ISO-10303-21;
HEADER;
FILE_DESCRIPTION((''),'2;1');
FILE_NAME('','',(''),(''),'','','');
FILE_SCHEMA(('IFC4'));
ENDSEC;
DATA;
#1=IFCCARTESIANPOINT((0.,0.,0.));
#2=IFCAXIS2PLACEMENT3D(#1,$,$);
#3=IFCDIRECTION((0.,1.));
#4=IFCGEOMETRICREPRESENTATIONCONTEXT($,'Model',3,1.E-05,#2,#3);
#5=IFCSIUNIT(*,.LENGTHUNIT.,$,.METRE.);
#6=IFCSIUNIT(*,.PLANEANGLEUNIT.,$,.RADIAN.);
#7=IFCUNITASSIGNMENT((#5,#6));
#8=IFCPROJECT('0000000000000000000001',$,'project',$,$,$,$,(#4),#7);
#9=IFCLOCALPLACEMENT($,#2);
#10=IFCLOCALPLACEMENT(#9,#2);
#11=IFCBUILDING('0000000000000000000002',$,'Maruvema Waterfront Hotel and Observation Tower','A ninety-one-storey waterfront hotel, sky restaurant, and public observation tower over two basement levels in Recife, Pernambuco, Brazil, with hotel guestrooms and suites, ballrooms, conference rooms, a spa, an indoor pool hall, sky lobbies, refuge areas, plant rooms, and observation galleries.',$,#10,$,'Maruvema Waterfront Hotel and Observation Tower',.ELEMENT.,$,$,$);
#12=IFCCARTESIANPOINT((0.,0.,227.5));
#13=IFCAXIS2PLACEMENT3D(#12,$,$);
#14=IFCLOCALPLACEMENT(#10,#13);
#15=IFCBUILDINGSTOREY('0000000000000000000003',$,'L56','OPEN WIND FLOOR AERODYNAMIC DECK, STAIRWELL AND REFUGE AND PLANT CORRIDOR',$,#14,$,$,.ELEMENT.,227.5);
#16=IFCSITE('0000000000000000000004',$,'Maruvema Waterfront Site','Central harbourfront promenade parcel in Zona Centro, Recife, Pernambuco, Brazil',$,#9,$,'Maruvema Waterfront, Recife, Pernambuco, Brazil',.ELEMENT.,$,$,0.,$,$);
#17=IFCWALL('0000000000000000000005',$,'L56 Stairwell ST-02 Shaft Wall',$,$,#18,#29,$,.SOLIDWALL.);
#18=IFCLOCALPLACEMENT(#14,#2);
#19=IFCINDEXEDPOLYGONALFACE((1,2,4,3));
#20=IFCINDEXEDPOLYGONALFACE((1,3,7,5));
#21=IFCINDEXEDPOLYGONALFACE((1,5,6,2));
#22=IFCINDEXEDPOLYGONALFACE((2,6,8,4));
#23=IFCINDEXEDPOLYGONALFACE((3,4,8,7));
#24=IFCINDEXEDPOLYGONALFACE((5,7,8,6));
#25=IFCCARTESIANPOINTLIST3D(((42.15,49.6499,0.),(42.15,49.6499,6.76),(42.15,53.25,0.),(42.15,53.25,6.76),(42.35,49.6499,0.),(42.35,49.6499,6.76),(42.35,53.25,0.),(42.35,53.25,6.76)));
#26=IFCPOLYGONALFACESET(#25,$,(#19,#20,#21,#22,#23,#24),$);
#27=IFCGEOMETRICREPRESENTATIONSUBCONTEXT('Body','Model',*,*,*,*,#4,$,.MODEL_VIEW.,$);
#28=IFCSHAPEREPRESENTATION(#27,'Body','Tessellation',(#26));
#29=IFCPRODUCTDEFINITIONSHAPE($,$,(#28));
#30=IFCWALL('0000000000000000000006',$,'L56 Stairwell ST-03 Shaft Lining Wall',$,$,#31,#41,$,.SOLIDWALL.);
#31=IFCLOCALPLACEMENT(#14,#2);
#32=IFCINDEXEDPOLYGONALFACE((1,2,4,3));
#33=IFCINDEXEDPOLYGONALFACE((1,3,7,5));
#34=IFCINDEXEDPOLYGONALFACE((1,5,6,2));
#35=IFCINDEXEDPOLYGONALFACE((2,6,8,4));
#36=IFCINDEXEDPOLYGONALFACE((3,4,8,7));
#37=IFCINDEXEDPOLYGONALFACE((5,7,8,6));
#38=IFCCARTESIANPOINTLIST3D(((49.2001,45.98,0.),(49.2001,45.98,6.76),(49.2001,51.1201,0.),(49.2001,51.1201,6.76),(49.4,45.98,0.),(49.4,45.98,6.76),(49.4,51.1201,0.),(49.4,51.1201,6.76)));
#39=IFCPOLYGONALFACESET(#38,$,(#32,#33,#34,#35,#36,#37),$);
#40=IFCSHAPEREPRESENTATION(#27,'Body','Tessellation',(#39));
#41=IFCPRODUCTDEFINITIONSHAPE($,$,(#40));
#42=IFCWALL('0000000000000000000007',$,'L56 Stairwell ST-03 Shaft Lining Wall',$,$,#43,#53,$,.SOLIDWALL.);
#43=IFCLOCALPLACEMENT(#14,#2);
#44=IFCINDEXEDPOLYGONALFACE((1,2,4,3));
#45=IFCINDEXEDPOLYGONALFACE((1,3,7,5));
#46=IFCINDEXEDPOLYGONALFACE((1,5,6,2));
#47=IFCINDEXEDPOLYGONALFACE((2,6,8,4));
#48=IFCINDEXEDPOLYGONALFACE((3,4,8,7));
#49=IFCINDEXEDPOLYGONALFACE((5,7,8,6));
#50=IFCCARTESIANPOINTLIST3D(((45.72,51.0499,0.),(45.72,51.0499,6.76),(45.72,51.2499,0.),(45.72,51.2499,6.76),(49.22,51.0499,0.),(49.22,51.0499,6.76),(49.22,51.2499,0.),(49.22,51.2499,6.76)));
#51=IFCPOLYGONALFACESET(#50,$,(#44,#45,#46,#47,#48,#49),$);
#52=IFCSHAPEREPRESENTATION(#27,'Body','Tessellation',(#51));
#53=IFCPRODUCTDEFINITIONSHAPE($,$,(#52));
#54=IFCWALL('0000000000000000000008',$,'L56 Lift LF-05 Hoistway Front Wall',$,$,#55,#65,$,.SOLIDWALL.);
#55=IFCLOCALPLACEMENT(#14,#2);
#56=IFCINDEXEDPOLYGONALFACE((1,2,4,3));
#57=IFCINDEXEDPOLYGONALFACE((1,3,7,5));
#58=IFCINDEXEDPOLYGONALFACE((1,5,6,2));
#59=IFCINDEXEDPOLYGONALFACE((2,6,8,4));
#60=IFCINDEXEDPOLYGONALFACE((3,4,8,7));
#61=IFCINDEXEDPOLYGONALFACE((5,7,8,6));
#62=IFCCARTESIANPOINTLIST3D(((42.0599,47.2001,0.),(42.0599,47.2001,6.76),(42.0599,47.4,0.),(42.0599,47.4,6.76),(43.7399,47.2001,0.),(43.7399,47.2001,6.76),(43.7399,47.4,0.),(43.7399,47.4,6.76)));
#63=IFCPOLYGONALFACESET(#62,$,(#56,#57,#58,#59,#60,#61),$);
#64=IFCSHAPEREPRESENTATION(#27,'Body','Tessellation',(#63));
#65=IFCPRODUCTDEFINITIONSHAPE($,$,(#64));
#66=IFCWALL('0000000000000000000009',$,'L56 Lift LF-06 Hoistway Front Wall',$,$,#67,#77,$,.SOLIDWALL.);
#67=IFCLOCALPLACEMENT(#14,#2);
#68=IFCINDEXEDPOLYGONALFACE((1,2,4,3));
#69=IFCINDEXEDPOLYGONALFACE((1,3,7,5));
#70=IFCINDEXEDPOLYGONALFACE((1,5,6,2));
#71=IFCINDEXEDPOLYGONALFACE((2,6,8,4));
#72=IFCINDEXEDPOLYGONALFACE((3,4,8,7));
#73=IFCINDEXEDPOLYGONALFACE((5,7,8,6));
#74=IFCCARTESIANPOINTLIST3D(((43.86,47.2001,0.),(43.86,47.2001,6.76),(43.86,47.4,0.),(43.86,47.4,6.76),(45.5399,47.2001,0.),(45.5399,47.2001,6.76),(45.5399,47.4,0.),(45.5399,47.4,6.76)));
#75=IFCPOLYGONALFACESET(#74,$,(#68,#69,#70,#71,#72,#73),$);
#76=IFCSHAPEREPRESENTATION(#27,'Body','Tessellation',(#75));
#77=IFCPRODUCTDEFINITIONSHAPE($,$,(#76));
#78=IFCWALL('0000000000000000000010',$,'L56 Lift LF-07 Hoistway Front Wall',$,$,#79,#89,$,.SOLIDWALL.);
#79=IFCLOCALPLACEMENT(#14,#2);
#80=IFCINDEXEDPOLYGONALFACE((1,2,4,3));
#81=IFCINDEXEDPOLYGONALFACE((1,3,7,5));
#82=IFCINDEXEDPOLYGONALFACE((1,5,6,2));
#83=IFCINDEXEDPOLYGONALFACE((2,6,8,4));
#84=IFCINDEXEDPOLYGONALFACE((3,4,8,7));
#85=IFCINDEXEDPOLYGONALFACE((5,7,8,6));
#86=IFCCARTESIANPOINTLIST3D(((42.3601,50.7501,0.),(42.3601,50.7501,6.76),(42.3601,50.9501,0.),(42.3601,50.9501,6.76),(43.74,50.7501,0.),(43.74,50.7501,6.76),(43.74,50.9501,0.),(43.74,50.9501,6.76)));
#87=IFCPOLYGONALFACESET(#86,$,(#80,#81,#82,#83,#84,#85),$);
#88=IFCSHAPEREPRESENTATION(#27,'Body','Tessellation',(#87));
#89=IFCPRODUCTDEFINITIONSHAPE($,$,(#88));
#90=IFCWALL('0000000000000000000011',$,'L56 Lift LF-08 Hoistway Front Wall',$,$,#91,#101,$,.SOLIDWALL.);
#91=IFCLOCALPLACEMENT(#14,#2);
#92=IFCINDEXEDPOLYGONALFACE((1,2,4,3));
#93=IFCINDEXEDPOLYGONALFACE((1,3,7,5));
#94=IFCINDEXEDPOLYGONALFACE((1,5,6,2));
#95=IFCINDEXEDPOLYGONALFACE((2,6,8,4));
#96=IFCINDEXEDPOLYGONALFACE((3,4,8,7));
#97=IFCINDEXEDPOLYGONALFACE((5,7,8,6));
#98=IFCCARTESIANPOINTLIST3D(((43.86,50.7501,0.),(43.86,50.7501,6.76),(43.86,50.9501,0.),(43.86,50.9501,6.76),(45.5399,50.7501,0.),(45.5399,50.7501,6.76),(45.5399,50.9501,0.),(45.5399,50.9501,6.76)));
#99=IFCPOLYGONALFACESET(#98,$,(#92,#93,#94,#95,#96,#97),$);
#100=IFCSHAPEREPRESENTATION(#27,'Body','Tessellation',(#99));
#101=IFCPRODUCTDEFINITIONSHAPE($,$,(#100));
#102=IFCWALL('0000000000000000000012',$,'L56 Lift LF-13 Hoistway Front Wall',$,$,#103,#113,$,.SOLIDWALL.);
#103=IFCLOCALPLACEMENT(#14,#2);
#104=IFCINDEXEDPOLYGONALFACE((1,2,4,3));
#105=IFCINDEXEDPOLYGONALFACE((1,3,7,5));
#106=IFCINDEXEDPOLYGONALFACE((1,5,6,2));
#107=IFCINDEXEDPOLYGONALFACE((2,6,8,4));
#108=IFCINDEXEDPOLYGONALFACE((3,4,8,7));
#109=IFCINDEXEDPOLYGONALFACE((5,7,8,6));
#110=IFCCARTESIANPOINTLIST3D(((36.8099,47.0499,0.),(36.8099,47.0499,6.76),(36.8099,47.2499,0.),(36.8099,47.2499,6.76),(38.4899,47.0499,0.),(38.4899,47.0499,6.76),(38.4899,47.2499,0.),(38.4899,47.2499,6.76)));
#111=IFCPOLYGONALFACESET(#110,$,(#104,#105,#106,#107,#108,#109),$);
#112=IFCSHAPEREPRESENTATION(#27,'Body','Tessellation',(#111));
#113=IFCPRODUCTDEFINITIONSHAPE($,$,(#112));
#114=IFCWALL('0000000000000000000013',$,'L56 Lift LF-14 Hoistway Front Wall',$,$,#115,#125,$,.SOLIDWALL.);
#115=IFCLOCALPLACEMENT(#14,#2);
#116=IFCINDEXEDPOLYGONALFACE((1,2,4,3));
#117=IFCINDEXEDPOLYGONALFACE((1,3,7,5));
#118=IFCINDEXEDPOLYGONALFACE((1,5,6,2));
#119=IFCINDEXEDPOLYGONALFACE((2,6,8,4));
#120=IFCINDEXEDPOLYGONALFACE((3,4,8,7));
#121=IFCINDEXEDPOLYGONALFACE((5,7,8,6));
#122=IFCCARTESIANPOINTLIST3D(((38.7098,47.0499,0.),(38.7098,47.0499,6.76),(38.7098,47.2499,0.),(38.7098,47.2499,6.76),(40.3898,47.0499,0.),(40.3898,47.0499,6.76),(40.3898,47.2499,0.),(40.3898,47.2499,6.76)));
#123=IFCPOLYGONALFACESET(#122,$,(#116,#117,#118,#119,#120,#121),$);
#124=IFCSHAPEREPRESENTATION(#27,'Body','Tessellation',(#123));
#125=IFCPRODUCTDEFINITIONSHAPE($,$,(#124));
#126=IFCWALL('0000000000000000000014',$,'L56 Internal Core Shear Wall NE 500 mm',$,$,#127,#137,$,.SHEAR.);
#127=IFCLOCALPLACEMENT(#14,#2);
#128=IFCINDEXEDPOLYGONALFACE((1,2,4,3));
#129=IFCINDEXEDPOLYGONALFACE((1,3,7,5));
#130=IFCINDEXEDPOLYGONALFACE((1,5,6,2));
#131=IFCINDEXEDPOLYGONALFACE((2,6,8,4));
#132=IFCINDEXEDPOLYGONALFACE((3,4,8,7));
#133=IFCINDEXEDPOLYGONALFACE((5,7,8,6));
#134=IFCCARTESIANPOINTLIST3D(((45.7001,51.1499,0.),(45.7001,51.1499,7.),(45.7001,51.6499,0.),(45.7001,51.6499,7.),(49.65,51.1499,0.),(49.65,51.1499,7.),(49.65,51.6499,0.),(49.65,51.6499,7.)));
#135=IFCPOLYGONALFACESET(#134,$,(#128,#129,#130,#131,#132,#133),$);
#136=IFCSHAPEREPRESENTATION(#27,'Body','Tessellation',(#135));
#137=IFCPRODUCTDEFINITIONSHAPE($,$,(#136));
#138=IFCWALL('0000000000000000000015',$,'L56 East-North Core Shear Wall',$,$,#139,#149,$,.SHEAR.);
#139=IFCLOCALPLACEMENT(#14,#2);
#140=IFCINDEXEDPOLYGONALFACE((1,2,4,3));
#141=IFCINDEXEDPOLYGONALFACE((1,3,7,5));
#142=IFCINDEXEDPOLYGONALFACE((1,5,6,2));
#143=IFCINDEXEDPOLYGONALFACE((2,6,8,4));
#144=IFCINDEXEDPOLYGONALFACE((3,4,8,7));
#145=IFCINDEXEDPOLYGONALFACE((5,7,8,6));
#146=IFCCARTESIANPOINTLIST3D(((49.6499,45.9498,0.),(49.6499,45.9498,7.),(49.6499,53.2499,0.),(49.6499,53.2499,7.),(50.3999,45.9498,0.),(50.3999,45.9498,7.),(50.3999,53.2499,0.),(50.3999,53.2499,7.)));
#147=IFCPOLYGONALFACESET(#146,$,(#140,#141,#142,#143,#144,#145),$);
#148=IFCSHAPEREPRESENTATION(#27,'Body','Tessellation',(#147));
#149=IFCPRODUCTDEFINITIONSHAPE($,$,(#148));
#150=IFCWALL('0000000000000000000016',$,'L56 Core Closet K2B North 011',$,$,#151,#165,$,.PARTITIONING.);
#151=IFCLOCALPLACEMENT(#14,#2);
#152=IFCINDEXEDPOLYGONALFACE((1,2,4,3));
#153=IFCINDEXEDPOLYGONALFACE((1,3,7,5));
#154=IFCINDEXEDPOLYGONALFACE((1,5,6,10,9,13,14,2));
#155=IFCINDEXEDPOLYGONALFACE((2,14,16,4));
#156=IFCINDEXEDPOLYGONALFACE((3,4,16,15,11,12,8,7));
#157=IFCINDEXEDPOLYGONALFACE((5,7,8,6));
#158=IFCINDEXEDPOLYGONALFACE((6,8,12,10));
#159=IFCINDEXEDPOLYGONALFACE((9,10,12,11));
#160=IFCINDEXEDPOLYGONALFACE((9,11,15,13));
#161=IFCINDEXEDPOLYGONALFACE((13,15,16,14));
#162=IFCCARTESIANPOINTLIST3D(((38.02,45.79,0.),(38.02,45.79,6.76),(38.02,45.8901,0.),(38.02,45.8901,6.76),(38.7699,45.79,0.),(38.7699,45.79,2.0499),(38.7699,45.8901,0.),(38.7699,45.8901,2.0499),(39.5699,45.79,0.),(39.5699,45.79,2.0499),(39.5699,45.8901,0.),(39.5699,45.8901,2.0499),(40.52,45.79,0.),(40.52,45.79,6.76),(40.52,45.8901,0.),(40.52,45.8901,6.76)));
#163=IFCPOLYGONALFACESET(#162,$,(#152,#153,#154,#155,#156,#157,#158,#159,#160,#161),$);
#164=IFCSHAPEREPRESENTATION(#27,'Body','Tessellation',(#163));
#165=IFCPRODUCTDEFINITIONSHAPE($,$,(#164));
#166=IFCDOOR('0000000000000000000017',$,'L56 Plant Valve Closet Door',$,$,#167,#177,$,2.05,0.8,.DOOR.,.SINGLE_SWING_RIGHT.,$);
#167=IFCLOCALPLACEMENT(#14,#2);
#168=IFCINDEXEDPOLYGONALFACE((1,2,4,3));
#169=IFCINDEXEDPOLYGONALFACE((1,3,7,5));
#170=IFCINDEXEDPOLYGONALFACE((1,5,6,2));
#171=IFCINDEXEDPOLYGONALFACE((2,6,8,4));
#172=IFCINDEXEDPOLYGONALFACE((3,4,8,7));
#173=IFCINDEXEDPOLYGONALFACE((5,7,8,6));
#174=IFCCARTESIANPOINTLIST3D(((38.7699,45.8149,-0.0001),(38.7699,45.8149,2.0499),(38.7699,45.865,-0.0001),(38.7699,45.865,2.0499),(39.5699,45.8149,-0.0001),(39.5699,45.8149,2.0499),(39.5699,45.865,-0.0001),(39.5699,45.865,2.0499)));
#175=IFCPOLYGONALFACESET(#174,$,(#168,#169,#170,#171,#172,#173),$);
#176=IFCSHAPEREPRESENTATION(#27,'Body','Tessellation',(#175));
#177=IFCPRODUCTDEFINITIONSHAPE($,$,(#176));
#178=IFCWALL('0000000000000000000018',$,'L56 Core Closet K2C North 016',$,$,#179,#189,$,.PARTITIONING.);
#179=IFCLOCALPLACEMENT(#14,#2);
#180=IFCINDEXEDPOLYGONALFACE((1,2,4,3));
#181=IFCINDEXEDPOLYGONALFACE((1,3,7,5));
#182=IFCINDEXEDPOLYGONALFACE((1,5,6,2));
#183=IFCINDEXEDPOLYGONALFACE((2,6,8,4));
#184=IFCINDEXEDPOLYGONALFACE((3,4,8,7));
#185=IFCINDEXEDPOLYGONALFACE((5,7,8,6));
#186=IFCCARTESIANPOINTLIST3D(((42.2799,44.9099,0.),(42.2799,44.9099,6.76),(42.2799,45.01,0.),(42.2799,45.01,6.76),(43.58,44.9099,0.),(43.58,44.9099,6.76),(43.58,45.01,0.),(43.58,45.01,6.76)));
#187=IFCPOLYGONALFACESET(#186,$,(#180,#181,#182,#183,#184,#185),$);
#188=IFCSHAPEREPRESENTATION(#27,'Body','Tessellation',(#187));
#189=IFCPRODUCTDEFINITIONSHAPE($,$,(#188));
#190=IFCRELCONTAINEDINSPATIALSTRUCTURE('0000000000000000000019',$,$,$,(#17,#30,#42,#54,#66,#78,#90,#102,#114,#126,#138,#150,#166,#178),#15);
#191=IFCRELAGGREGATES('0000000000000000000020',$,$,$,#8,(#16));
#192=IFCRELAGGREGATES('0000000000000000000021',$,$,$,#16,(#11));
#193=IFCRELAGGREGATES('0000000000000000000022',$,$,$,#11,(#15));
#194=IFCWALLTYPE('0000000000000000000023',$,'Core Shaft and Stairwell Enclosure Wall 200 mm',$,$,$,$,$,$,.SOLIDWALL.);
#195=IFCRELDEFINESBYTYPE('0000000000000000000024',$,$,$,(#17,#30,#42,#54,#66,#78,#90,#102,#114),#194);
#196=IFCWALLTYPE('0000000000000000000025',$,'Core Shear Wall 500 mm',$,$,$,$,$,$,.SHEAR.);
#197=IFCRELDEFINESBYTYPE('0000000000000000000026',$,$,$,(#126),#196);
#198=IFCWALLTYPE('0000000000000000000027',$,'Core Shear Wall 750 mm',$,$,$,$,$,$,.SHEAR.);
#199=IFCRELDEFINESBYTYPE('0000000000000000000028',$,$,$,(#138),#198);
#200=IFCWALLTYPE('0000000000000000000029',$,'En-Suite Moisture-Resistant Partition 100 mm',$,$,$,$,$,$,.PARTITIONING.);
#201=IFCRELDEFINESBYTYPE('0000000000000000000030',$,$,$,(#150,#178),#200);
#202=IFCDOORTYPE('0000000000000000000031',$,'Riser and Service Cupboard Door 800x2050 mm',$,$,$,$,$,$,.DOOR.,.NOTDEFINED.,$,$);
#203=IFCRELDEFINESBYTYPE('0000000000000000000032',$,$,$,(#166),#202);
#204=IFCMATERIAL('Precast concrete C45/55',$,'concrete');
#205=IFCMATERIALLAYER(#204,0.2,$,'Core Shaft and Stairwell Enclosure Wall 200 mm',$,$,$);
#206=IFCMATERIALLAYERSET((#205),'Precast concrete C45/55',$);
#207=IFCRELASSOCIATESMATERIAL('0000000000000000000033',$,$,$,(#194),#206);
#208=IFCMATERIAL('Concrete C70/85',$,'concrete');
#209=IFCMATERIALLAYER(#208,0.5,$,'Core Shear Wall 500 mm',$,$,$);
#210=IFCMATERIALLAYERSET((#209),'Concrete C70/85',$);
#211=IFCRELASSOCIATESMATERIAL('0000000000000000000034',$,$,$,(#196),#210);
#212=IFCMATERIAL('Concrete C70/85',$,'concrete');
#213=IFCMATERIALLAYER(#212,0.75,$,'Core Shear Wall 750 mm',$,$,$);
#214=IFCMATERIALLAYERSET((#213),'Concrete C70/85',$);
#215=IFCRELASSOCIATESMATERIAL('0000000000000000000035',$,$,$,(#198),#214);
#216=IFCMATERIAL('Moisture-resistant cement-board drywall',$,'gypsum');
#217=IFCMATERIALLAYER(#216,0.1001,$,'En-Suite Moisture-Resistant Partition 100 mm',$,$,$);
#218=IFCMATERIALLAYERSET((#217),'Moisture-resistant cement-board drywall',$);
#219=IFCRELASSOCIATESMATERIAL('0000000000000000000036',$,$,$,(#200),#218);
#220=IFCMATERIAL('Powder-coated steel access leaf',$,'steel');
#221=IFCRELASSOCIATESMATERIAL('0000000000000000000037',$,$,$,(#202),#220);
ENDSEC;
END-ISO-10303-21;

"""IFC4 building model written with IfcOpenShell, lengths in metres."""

from ifc_helpers import new_model, si_unit, direction, frame, frame_2d, origin, place, context, subcontext, project, spatial, rectangle, extrude, material, layer, layer_set, type_object, element, fill, save


model = new_model("IFC4")

# Units and contexts
model_context = context("Model", 3, precision=1e-05, world=origin(), true_north=direction((0.0, 1.0)))
body_context = subcontext(model_context, "Body", "Model", "MODEL_VIEW")
ifc_project = project(units=[si_unit("LENGTHUNIT", "METRE"), si_unit("PLANEANGLEUNIT", "RADIAN")], contexts=[model_context])

# Site, building, storey
site_placement = place(None, origin())
site = spatial("IfcSite", under=ifc_project, at=site_placement, Name="Maruvema Waterfront Site", Description="Central harbourfront promenade parcel in Zona Centro, Recife, Pernambuco, Brazil", LongName="Maruvema Waterfront, Recife, Pernambuco, Brazil", CompositionType="ELEMENT", RefElevation=0.0)
building_placement = place(site_placement, origin())
building = spatial("IfcBuilding", under=site, at=building_placement, Name="Maruvema Waterfront Hotel and Observation Tower", Description="A ninety-one-storey waterfront hotel, sky restaurant, and public observation tower over two basement levels in Recife, Pernambuco, Brazil, with hotel guestrooms and suites, ballrooms, conference rooms, a spa, an indoor pool hall, sky lobbies, refuge areas, plant rooms, and observation galleries.", LongName="Maruvema Waterfront Hotel and Observation Tower", CompositionType="ELEMENT")
storey_placement = place(building_placement, frame((0.0, 0.0, 227.5)))
storey = spatial("IfcBuildingStorey", under=building, at=storey_placement, Name="L56", Description="OPEN WIND FLOOR AERODYNAMIC DECK, STAIRWELL AND REFUGE AND PLANT CORRIDOR", CompositionType="ELEMENT", Elevation=227.5)

# Walls
ifc_material_1 = material(Name="Precast concrete C45/55", Category="concrete")
ifc_layer_1 = layer(ifc_material_1, 0.2, Name="Core Shaft and Stairwell Enclosure Wall 200 mm")
ifc_layer_set_1 = layer_set([ifc_layer_1], Name="Precast concrete C45/55")
wall_type_1 = type_object("IfcWallType", Name="Core Shaft and Stairwell Enclosure Wall 200 mm", PredefinedType="SOLIDWALL", material=ifc_layer_set_1)
wall_1_placement = place(storey_placement, frame((42.25, 49.6499, 0.0), z_axis=(0.0, 0.0, 1.0), x_axis=(0.0, 1.0, 0.0)))
element("IfcWall", 1, at=wall_1_placement, inside=storey, type_object=wall_type_1, Name="L56 Stairwell ST-02 Shaft Wall", PredefinedType="SOLIDWALL", context=body_context, shape_type="SweptSolid", body=[
    extrude(rectangle(XDim=3.6001, YDim=0.2, at=frame_2d((1.8, 0.0))), origin(), (0.0, 0.0, 1.0), 6.76),
])
wall_2_placement = place(storey_placement, frame((49.3, 45.98, 0.0), z_axis=(0.0, 0.0, 1.0), x_axis=(0.0, 1.0, 0.0)))
element("IfcWall", 2, at=wall_2_placement, inside=storey, type_object=wall_type_1, Name="L56 Stairwell ST-03 Shaft Lining Wall", PredefinedType="SOLIDWALL", context=body_context, shape_type="SweptSolid", body=[
    extrude(rectangle(XDim=5.1401, YDim=0.2, at=frame_2d((2.5701, 0.0))), origin(), (0.0, 0.0, 1.0), 6.76),
])
wall_3_placement = place(storey_placement, frame((45.72, 51.1499, 0.0), z_axis=(0.0, 0.0, 1.0), x_axis=(1.0, 0.0, 0.0)))
element("IfcWall", 3, at=wall_3_placement, inside=storey, type_object=wall_type_1, Name="L56 Stairwell ST-03 Shaft Lining Wall", PredefinedType="SOLIDWALL", context=body_context, shape_type="SweptSolid", body=[
    extrude(rectangle(XDim=3.5, YDim=0.2, at=frame_2d((1.75, 0.0))), origin(), (0.0, 0.0, 1.0), 6.76),
])
for number, where, z_axis, x_axis, name in (
    (4, (42.0601, 47.3, 0.0), (0.0, 0.0, 1.0), (1.0, 0.0, 0.0), "L56 Lift LF-05 Hoistway Front Wall"),
    (5, (43.8601, 47.3, 0.0), (0.0, 0.0, 1.0), (1.0, 0.0, 0.0), "L56 Lift LF-06 Hoistway Front Wall"),
):
    element("IfcWall", number, at=place(storey_placement, frame(where, z_axis=z_axis, x_axis=x_axis)), inside=storey, type_object=wall_type_1, Name=name, PredefinedType="SOLIDWALL", context=body_context, shape_type="SweptSolid", body=[
        extrude(rectangle(XDim=1.6799, YDim=0.2, at=frame_2d((0.8398, 0.0))), origin(), (0.0, 0.0, 1.0), 6.76),
    ])
wall_4_placement = place(storey_placement, frame((42.3601, 50.8501, 0.0), z_axis=(0.0, 0.0, 1.0), x_axis=(1.0, 0.0, 0.0)))
element("IfcWall", 6, at=wall_4_placement, inside=storey, type_object=wall_type_1, Name="L56 Lift LF-07 Hoistway Front Wall", PredefinedType="SOLIDWALL", context=body_context, shape_type="SweptSolid", body=[
    extrude(rectangle(XDim=1.3799, YDim=0.2, at=frame_2d((0.6899, 0.0))), origin(), (0.0, 0.0, 1.0), 6.76),
])
for number, where, z_axis, x_axis, name in (
    (7, (43.8601, 50.8501, 0.0), (0.0, 0.0, 1.0), (1.0, 0.0, 0.0), "L56 Lift LF-08 Hoistway Front Wall"),
    (8, (36.8101, 47.1499, 0.0), (0.0, 0.0, 1.0), (1.0, 0.0, 0.0), "L56 Lift LF-13 Hoistway Front Wall"),
    (9, (38.71, 47.1499, 0.0), (0.0, 0.0, 1.0), (1.0, 0.0, 0.0), "L56 Lift LF-14 Hoistway Front Wall"),
):
    element("IfcWall", number, at=place(storey_placement, frame(where, z_axis=z_axis, x_axis=x_axis)), inside=storey, type_object=wall_type_1, Name=name, PredefinedType="SOLIDWALL", context=body_context, shape_type="SweptSolid", body=[
        extrude(rectangle(XDim=1.6799, YDim=0.2, at=frame_2d((0.8398, 0.0))), origin(), (0.0, 0.0, 1.0), 6.76),
    ])
ifc_material_2 = material(Name="Concrete C70/85", Category="concrete")
ifc_layer_2 = layer(ifc_material_2, 0.5, Name="Core Shear Wall 500 mm")
ifc_layer_set_2 = layer_set([ifc_layer_2], Name="Concrete C70/85")
wall_type_2 = type_object("IfcWallType", Name="Core Shear Wall 500 mm", PredefinedType="SHEAR", material=ifc_layer_set_2)
wall_5_placement = place(storey_placement, frame((45.7, 51.3999, 0.0), z_axis=(0.0, 0.0, 1.0), x_axis=(1.0, 0.0, 0.0)))
element("IfcWall", 10, at=wall_5_placement, inside=storey, type_object=wall_type_2, Name="L56 Internal Core Shear Wall NE 500 mm", PredefinedType="SHEAR", context=body_context, shape_type="SweptSolid", body=[
    extrude(rectangle(XDim=3.95, YDim=0.5, at=frame_2d((1.9751, 0.0))), origin(), (0.0, 0.0, 1.0), 7.0),
])
ifc_material_3 = material(Name="Concrete C70/85", Category="concrete")
ifc_layer_3 = layer(ifc_material_3, 0.75, Name="Core Shear Wall 750 mm")
ifc_layer_set_3 = layer_set([ifc_layer_3], Name="Concrete C70/85")
wall_type_3 = type_object("IfcWallType", Name="Core Shear Wall 750 mm", PredefinedType="SHEAR", material=ifc_layer_set_3)
wall_6_placement = place(storey_placement, frame((50.0249, 45.95, 0.0), z_axis=(0.0, 0.0, 1.0), x_axis=(0.0, 1.0, 0.0)))
element("IfcWall", 11, at=wall_6_placement, inside=storey, type_object=wall_type_3, Name="L56 East-North Core Shear Wall", PredefinedType="SHEAR", context=body_context, shape_type="SweptSolid", body=[
    extrude(rectangle(XDim=7.3, YDim=0.75, at=frame_2d((3.6499, 0.0))), origin(), (0.0, 0.0, 1.0), 7.0),
])

# Wall, opening, door
ifc_material_4 = material(Name="Moisture-resistant cement-board drywall", Category="gypsum")
ifc_layer_4 = layer(ifc_material_4, 0.1001, Name="En-Suite Moisture-Resistant Partition 100 mm")
ifc_layer_set_4 = layer_set([ifc_layer_4], Name="Moisture-resistant cement-board drywall")
wall_type_4 = type_object("IfcWallType", Name="En-Suite Moisture-Resistant Partition 100 mm", PredefinedType="PARTITIONING", material=ifc_layer_set_4)
wall_7_placement = place(storey_placement, frame((38.02, 45.8401, 0.0), z_axis=(0.0, 0.0, 1.0), x_axis=(1.0, 0.0, 0.0)))
wall_7 = element("IfcWall", 12, at=wall_7_placement, inside=storey, type_object=wall_type_4, Name="L56 Core Closet K2B North 011", PredefinedType="PARTITIONING", context=body_context, shape_type="SweptSolid", body=[
    extrude(rectangle(XDim=2.5, YDim=0.1001, at=frame_2d((1.25, 0.0))), origin(), (0.0, 0.0, 1.0), 6.76),
])
opening_placement = place(wall_7_placement, frame((0.75, 0.0, 0.0)))
opening = element("IfcOpeningElement", 13, at=opening_placement, cuts=wall_7, PredefinedType="OPENING", context=body_context, shape_type="SweptSolid", body=[
    extrude(rectangle(XDim=0.8, YDim=2.05, at=frame_2d((0.3999, 1.0249))), frame((0.0, 0.0601, 0.0), z_axis=(0.0, -1.0, 0.0), x_axis=(1.0, 0.0, 0.0)), (0.0, 0.0, 1.0), 0.1201),
])
ifc_material_5 = material(Name="Powder-coated steel access leaf", Category="steel")
door_type = type_object("IfcDoorType", Name="Riser and Service Cupboard Door 800x2050 mm", OperationType="NOTDEFINED", PredefinedType="DOOR", material=ifc_material_5)
door_placement = place(opening_placement, origin())
door = element("IfcDoor", 14, at=door_placement, inside=storey, type_object=door_type, Name="L56 Plant Valve Closet Door", OperationType="SINGLE_SWING_RIGHT", OverallHeight=2.05, OverallWidth=0.8, PredefinedType="DOOR", context=body_context, shape_type="SweptSolid", body=[
    extrude(rectangle(XDim=0.8, YDim=2.05, at=frame_2d((0.3999, 1.0249))), frame((0.0, 0.0249, 0.0), z_axis=(0.0, -1.0, 0.0), x_axis=(1.0, 0.0, 0.0)), (0.0, 0.0, 1.0), 0.05),
])
fill(opening, door)

# Wall
wall_8_placement = place(storey_placement, frame((42.28, 44.96, 0.0), z_axis=(0.0, 0.0, 1.0), x_axis=(1.0, 0.0, 0.0)))
element("IfcWall", 15, at=wall_8_placement, inside=storey, type_object=wall_type_4, Name="L56 Core Closet K2C North 016", PredefinedType="PARTITIONING", context=body_context, shape_type="SweptSolid", body=[
    extrude(rectangle(XDim=1.3, YDim=0.1001, at=frame_2d((0.6499, 0.0))), origin(), (0.0, 0.0, 1.0), 6.76),
])

save(model, "model.ifc")
